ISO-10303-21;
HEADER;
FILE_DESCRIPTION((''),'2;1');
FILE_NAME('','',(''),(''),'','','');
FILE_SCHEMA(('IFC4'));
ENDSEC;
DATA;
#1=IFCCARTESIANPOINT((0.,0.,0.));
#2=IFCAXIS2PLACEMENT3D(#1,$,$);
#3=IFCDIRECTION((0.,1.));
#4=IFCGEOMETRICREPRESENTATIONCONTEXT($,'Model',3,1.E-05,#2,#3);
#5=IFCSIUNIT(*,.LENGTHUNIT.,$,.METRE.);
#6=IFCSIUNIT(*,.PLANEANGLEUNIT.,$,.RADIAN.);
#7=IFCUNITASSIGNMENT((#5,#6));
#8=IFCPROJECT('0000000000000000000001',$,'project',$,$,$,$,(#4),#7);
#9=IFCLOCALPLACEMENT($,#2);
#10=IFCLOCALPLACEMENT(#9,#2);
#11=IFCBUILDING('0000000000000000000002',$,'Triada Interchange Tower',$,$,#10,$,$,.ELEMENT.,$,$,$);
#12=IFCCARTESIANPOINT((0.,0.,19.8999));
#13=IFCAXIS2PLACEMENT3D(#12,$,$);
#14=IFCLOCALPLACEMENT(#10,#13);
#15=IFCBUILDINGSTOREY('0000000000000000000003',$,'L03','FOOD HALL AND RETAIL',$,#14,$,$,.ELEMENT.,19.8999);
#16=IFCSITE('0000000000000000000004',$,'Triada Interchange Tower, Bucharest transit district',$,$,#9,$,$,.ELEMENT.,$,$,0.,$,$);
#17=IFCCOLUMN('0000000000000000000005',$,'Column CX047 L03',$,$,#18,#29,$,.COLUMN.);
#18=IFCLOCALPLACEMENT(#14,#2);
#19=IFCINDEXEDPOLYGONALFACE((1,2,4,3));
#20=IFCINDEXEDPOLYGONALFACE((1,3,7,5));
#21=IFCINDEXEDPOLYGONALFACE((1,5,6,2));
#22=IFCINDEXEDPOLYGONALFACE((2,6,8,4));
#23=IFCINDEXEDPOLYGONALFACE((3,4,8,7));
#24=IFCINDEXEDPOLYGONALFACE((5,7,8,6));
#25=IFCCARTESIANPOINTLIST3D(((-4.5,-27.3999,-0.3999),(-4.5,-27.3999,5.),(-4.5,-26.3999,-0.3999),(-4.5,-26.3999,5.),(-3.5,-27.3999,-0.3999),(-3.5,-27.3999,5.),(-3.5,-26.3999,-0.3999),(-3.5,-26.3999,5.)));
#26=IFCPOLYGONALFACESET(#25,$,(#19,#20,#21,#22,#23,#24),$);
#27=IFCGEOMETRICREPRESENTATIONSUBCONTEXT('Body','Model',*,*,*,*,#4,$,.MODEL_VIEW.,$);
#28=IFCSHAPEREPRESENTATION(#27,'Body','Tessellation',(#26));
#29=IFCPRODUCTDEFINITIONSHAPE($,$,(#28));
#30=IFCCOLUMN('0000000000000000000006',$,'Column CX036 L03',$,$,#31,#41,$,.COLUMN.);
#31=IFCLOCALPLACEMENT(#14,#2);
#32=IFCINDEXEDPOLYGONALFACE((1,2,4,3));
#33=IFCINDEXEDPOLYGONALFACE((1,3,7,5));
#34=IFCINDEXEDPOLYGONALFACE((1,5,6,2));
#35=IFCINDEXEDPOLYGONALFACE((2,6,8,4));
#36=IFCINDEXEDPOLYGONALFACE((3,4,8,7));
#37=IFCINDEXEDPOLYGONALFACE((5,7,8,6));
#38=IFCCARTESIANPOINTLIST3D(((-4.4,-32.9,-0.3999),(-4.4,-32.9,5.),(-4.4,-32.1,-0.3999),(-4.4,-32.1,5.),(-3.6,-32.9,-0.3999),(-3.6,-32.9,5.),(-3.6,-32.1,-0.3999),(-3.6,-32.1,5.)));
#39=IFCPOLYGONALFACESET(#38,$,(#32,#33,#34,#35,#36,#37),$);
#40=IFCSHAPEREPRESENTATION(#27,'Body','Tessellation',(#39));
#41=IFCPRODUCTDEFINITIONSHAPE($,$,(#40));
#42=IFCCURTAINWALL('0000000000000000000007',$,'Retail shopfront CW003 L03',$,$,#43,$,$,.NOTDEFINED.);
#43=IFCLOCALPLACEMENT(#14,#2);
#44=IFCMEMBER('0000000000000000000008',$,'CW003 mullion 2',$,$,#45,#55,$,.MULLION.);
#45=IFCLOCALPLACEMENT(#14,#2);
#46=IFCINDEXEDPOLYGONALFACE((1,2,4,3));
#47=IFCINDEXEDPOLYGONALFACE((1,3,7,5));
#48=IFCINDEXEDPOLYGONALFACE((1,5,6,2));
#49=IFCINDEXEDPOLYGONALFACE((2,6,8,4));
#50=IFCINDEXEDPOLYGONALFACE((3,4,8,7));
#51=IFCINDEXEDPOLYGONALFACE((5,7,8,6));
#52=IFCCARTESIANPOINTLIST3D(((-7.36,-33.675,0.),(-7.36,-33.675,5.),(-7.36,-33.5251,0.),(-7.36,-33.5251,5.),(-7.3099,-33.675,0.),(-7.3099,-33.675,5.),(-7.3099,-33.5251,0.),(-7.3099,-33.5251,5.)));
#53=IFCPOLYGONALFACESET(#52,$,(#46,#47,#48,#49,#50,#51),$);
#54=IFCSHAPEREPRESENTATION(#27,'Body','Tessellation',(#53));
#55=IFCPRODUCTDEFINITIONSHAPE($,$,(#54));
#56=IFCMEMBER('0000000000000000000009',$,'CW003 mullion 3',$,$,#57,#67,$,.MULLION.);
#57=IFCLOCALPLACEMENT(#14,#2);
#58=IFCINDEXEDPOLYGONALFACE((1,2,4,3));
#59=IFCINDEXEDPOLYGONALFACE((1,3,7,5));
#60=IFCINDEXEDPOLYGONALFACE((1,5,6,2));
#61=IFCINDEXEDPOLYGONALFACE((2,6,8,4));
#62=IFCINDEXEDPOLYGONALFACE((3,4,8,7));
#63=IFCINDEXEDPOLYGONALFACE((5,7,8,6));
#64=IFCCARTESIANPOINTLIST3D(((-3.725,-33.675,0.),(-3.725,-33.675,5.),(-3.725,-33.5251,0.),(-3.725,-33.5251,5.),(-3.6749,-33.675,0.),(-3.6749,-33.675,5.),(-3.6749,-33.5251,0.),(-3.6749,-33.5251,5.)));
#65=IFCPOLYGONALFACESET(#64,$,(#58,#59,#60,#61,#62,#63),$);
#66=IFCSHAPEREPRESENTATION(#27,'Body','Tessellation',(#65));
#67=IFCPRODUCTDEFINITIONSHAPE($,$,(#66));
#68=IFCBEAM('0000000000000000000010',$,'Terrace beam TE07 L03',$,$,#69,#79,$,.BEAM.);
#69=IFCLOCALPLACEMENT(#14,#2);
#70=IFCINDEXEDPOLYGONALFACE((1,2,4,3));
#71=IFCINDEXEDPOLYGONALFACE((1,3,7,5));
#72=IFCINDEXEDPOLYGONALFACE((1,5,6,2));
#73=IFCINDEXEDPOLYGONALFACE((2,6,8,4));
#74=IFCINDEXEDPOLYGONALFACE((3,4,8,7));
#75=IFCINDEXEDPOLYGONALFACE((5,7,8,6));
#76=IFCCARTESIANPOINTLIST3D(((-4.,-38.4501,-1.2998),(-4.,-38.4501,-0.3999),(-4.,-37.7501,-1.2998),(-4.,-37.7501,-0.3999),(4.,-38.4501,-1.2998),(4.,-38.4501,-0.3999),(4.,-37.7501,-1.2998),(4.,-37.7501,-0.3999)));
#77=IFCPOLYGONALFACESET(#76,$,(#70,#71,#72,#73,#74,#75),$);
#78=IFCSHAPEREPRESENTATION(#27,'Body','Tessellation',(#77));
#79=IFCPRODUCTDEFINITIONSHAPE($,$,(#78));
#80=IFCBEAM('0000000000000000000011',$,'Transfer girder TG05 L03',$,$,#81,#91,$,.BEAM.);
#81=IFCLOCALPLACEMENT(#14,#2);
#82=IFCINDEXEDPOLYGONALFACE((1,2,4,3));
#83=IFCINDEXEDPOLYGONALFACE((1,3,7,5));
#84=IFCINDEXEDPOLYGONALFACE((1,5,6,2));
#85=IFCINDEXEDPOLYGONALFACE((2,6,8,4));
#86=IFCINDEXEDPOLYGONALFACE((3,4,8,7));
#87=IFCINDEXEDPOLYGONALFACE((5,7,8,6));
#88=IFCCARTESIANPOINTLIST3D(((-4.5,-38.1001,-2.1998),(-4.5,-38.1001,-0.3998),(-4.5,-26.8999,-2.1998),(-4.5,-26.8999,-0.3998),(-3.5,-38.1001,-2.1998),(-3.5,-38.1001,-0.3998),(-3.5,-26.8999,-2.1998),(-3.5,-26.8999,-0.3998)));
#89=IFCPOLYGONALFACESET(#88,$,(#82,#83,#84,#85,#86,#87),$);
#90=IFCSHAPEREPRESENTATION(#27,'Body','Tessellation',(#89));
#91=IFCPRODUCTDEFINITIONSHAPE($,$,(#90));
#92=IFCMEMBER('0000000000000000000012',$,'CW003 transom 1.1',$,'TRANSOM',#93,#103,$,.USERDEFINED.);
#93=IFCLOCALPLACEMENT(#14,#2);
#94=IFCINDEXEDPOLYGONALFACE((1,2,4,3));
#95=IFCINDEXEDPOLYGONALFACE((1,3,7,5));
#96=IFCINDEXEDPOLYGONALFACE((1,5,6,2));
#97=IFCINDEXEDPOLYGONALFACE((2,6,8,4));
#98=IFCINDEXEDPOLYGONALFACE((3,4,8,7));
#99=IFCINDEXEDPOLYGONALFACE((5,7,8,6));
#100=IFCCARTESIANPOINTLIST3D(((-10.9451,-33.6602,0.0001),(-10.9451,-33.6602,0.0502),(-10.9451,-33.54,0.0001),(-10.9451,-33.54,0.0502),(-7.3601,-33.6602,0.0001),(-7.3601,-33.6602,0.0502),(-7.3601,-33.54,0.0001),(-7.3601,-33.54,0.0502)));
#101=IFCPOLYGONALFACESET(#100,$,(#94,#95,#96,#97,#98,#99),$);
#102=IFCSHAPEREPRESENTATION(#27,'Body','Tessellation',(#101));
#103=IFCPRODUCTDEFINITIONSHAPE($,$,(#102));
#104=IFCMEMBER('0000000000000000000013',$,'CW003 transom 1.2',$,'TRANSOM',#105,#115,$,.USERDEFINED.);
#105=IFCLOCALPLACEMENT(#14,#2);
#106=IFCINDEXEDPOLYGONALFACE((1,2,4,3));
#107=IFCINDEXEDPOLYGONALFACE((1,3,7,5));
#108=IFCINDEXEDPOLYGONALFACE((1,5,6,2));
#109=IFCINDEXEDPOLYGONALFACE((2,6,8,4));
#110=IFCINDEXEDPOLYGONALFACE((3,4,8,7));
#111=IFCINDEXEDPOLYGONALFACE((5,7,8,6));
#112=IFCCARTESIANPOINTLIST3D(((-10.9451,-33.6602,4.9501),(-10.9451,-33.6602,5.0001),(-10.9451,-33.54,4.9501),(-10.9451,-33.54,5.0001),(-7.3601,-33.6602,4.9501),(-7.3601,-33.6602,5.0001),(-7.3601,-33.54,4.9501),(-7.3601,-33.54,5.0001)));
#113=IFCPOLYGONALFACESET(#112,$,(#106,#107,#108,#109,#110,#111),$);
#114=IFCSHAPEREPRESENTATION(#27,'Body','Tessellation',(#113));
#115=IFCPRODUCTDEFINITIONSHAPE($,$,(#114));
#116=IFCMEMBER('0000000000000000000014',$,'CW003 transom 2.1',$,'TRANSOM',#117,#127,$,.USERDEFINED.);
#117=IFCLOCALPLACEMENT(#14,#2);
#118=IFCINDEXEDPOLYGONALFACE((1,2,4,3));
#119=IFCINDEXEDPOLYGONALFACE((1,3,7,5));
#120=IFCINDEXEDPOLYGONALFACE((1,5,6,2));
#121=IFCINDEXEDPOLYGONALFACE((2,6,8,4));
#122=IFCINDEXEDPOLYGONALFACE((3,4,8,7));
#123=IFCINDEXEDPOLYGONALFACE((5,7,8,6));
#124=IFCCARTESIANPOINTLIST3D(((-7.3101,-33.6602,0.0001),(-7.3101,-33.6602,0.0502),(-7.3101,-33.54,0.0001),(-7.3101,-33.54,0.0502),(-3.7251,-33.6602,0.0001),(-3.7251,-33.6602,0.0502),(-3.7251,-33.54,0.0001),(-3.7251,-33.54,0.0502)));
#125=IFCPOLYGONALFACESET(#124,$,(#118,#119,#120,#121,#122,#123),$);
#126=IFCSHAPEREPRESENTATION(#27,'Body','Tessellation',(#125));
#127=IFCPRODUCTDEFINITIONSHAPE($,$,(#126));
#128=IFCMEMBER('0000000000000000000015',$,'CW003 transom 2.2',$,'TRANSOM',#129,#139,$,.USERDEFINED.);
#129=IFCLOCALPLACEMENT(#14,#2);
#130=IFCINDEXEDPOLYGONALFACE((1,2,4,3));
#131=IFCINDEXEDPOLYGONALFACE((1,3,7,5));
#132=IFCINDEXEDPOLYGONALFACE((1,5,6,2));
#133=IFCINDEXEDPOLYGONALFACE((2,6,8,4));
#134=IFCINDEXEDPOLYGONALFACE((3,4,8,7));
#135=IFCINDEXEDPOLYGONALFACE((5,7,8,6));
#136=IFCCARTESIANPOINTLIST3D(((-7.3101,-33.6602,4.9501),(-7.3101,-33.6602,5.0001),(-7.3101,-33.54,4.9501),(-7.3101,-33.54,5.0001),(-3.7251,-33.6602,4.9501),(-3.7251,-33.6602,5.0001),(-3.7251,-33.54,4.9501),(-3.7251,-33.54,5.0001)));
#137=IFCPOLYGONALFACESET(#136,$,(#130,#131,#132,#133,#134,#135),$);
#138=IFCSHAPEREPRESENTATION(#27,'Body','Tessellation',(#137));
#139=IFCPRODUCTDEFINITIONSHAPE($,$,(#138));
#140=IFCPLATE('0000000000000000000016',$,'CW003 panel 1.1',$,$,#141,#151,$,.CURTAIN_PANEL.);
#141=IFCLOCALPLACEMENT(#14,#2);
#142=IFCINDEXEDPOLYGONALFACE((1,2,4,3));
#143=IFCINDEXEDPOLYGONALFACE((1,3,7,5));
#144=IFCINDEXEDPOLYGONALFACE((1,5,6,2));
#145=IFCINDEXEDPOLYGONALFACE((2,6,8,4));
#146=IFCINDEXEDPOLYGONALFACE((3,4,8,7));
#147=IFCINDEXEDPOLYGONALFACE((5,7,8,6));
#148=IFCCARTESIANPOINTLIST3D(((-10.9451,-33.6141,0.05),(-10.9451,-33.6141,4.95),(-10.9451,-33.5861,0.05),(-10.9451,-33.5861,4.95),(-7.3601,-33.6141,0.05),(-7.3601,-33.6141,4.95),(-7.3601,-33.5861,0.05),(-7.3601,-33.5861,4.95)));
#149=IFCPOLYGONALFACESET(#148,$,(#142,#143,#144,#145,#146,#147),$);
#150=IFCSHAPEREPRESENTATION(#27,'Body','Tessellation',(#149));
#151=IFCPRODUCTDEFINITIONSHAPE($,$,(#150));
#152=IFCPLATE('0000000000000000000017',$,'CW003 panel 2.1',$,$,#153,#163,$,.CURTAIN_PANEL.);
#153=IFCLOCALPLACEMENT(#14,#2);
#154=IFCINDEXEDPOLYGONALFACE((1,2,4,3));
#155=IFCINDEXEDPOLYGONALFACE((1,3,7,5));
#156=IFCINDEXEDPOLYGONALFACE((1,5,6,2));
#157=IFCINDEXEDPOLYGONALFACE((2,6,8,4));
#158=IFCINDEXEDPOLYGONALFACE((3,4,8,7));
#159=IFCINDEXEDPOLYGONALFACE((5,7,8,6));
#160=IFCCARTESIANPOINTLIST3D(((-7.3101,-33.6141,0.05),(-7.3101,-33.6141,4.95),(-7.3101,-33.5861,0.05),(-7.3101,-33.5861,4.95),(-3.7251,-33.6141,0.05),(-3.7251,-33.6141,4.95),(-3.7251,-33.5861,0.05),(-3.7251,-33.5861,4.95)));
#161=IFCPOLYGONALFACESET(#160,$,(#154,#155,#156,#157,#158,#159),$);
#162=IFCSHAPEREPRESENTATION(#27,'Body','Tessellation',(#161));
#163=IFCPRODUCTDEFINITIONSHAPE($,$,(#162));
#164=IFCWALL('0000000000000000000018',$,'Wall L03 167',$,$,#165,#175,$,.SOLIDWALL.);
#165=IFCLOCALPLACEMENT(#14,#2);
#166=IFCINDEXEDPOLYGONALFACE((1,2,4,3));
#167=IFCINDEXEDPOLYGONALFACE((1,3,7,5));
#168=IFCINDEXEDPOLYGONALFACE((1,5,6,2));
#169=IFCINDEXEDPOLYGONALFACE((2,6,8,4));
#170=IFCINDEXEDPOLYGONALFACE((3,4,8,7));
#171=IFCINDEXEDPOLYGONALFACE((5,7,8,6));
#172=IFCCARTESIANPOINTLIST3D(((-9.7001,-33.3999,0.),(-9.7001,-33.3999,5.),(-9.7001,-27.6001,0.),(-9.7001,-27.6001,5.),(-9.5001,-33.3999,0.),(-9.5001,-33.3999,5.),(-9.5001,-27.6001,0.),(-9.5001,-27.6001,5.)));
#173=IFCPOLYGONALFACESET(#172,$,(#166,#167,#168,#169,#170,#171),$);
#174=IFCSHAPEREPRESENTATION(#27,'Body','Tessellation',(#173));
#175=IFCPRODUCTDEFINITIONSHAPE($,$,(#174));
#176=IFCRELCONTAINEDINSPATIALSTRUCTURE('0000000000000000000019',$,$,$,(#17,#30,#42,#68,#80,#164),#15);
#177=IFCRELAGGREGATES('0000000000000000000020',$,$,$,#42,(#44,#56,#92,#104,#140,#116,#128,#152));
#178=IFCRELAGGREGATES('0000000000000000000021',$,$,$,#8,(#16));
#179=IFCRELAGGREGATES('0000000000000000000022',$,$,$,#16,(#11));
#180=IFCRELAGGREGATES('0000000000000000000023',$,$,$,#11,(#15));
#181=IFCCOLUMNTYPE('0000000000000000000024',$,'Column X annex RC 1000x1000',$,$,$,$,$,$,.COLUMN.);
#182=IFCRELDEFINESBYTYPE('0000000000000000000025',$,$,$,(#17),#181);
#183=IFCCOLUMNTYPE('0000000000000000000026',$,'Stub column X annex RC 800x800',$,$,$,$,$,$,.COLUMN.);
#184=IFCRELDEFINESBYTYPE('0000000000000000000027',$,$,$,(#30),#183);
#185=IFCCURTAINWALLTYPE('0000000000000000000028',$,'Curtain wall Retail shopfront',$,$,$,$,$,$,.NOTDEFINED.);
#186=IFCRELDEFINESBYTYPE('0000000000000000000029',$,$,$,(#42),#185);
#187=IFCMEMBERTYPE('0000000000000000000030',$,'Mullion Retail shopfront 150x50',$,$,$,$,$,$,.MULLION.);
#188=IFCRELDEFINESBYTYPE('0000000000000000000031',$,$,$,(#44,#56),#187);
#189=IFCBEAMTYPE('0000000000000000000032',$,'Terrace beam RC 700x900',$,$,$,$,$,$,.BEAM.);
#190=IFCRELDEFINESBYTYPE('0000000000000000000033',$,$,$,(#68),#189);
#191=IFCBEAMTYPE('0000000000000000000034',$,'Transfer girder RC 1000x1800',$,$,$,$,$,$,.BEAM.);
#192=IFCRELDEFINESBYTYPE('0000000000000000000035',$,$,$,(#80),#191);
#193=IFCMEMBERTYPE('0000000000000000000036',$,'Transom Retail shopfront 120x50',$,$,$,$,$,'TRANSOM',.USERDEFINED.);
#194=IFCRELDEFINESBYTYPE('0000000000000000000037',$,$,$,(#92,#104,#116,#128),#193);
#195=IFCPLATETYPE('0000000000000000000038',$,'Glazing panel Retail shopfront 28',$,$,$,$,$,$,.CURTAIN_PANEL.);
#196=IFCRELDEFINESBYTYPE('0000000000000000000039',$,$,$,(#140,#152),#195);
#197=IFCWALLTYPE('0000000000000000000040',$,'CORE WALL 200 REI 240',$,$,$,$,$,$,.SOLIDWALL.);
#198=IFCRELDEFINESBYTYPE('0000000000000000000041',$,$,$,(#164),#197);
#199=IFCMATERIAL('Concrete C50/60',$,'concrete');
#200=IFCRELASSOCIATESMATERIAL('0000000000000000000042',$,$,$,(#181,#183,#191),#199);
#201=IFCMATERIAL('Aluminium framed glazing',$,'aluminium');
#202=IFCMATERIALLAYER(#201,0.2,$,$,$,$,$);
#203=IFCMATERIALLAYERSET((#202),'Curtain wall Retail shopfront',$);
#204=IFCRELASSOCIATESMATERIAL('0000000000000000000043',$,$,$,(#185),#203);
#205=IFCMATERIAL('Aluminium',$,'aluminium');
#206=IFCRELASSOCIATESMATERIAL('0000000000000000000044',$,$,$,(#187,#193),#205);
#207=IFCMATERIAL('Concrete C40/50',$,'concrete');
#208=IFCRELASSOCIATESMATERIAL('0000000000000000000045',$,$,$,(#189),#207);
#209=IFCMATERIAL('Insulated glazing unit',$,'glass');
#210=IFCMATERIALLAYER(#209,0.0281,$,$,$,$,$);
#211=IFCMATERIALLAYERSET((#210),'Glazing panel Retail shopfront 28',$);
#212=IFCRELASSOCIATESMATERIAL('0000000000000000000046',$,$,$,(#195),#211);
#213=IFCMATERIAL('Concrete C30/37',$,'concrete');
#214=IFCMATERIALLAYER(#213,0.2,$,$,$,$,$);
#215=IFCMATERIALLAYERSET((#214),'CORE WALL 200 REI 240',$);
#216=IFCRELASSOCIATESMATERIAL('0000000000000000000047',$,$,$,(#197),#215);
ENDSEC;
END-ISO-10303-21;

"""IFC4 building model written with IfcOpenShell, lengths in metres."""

from ifc_helpers import new_model, si_unit, direction, frame, frame_2d, origin, origin_2d, place, context, subcontext, project, spatial, rectangle, extrude, material, layer, layer_set, material_profile, profile_set, type_object, element, aggregate, save


model = new_model("IFC4")

# Units and contexts
model_context = context("Model", 3, precision=1e-05, world=origin(), true_north=direction((0.0, 1.0)))
body_context = subcontext(model_context, "Body", "Model", "MODEL_VIEW")
ifc_project = project(units=[si_unit("LENGTHUNIT", "METRE"), si_unit("PLANEANGLEUNIT", "RADIAN")], contexts=[model_context])

# Site, building, storey
site_placement = place(None, origin())
site = spatial("IfcSite", under=ifc_project, at=site_placement, Name="Triada Interchange Tower, Bucharest transit district", CompositionType="ELEMENT", RefElevation=0.0)
building_placement = place(site_placement, origin())
building = spatial("IfcBuilding", under=site, at=building_placement, Name="Triada Interchange Tower", CompositionType="ELEMENT")
storey_placement = place(building_placement, frame((0.0, 0.0, 19.8999)))
storey = spatial("IfcBuildingStorey", under=building, at=storey_placement, Name="L03", Description="FOOD HALL AND RETAIL", CompositionType="ELEMENT", Elevation=19.8999)

# Columns
ifc_material_1 = material(Name="Concrete C50/60", Category="concrete")
ifc_material_profile_1 = material_profile(ifc_material_1, rectangle(XDim=1.0, YDim=1.0, at=origin_2d()), Name="RC 1000x1000")
ifc_profile_set_1 = profile_set([ifc_material_profile_1], Name="Concrete C50/60")
column_type_1 = type_object("IfcColumnType", Name="Column X annex RC 1000x1000", PredefinedType="COLUMN", material=ifc_profile_set_1)
column_1_placement = place(storey_placement, frame((-4.0, -26.8999, -0.3999), z_axis=(0.0, 0.0, 1.0), x_axis=(1.0, 0.0, 0.0)))
element("IfcColumn", 1, at=column_1_placement, inside=storey, type_object=column_type_1, Name="Column CX047 L03", PredefinedType="COLUMN", context=body_context, shape_type="SweptSolid", body=[
    extrude(rectangle(XDim=1.0, YDim=1.0, at=origin_2d()), origin(), (0.0, 0.0, 1.0), 5.3999),
])
ifc_material_profile_2 = material_profile(ifc_material_1, rectangle(XDim=0.8, YDim=0.8, at=origin_2d()), Name="RC 800x800")
ifc_profile_set_2 = profile_set([ifc_material_profile_2], Name="Concrete C50/60")
column_type_2 = type_object("IfcColumnType", Name="Stub column X annex RC 800x800", PredefinedType="COLUMN", material=ifc_profile_set_2)
column_2_placement = place(storey_placement, frame((-4.0, -32.5, -0.3999), z_axis=(0.0, 0.0, 1.0), x_axis=(1.0, 0.0, 0.0)))
element("IfcColumn", 2, at=column_2_placement, inside=storey, type_object=column_type_2, Name="Column CX036 L03", PredefinedType="COLUMN", context=body_context, shape_type="SweptSolid", body=[
    extrude(rectangle(XDim=0.8, YDim=0.8, at=origin_2d()), origin(), (0.0, 0.0, 1.0), 5.3999),
])

# Curtain wall, members
ifc_material_2 = material(Name="Aluminium framed glazing", Category="aluminium")
ifc_layer_1 = layer(ifc_material_2, 0.2)
ifc_layer_set_1 = layer_set([ifc_layer_1], Name="Curtain wall Retail shopfront")
curtain_wall_type = type_object("IfcCurtainWallType", Name="Curtain wall Retail shopfront", PredefinedType="NOTDEFINED", material=ifc_layer_set_1)
curtain_wall_placement = place(storey_placement, origin())
curtain_wall = element("IfcCurtainWall", 3, at=curtain_wall_placement, inside=storey, type_object=curtain_wall_type, Name="Retail shopfront CW003 L03", PredefinedType="NOTDEFINED")
ifc_material_3 = material(Name="Aluminium", Category="aluminium")
ifc_material_profile_3 = material_profile(ifc_material_3, rectangle(XDim=0.1499, YDim=0.05, at=origin_2d()), Name="Aluminium mullion")
ifc_profile_set_3 = profile_set([ifc_material_profile_3], Name="Aluminium")
member_type_1 = type_object("IfcMemberType", Name="Mullion Retail shopfront 150x50", PredefinedType="MULLION", material=ifc_profile_set_3)
member_1_placement = place(storey_placement, frame((-7.335, -33.6001, 0.0), z_axis=(0.0, 0.0, 1.0), x_axis=(0.0, 1.0, 0.0)))
member_1 = element("IfcMember", 4, at=member_1_placement, type_object=member_type_1, Name="CW003 mullion 2", PredefinedType="MULLION", context=body_context, shape_type="SweptSolid", body=[
    extrude(rectangle(XDim=0.1499, YDim=0.05, at=origin_2d()), origin(), (0.0, 0.0, 1.0), 5.0),
])
member_2_placement = place(storey_placement, frame((-3.7, -33.6001, 0.0), z_axis=(0.0, 0.0, 1.0), x_axis=(0.0, 1.0, 0.0)))
member_2 = element("IfcMember", 5, at=member_2_placement, type_object=member_type_1, Name="CW003 mullion 3", PredefinedType="MULLION", context=body_context, shape_type="SweptSolid", body=[
    extrude(rectangle(XDim=0.1499, YDim=0.05, at=origin_2d()), origin(), (0.0, 0.0, 1.0), 5.0),
])

# Beams
ifc_material_4 = material(Name="Concrete C40/50", Category="concrete")
ifc_material_profile_4 = material_profile(ifc_material_4, rectangle(XDim=0.7, YDim=0.8999, at=origin_2d()), Name="RC 700x900")
ifc_profile_set_4 = profile_set([ifc_material_profile_4], Name="Concrete C40/50")
beam_type_1 = type_object("IfcBeamType", Name="Terrace beam RC 700x900", PredefinedType="BEAM", material=ifc_profile_set_4)
beam_1_placement = place(storey_placement, frame((-4.0, -38.1001, -0.8499), z_axis=(1.0, 0.0, 0.0), x_axis=(0.0, 1.0, 0.0)))
element("IfcBeam", 6, at=beam_1_placement, inside=storey, type_object=beam_type_1, Name="Terrace beam TE07 L03", PredefinedType="BEAM", context=body_context, shape_type="SweptSolid", body=[
    extrude(rectangle(XDim=0.7, YDim=0.8999, at=origin_2d()), origin(), (0.0, 0.0, 1.0), 8.0),
])
ifc_material_profile_5 = material_profile(ifc_material_1, rectangle(XDim=1.0, YDim=1.8, at=origin_2d()), Name="RC 1000x1800")
ifc_profile_set_5 = profile_set([ifc_material_profile_5], Name="Concrete C50/60")
beam_type_2 = type_object("IfcBeamType", Name="Transfer girder RC 1000x1800", PredefinedType="BEAM", material=ifc_profile_set_5)
beam_2_placement = place(storey_placement, frame((-4.0, -38.1001, -1.2998), z_axis=(0.0, 1.0, 0.0), x_axis=(-1.0, 0.0, 0.0)))
element("IfcBeam", 7, at=beam_2_placement, inside=storey, type_object=beam_type_2, Name="Transfer girder TG05 L03", PredefinedType="BEAM", context=body_context, shape_type="SweptSolid", body=[
    extrude(rectangle(XDim=1.0, YDim=1.8, at=origin_2d()), origin(), (0.0, 0.0, 1.0), 11.2002),
])

# Members
ifc_material_profile_6 = material_profile(ifc_material_3, rectangle(XDim=0.1201, YDim=0.05, at=origin_2d()), Name="Aluminium transom")
ifc_profile_set_6 = profile_set([ifc_material_profile_6], Name="Aluminium")
member_type_2 = type_object("IfcMemberType", Name="Transom Retail shopfront 120x50", ElementType="TRANSOM", PredefinedType="USERDEFINED", material=ifc_profile_set_6)
member_3_placement = place(storey_placement, frame((-10.9451, -33.6001, 0.0251), z_axis=(1.0, 0.0, 0.0), x_axis=(0.0, 1.0, 0.0)))
member_3 = element("IfcMember", 8, at=member_3_placement, type_object=member_type_2, Name="CW003 transom 1.1", ObjectType="TRANSOM", PredefinedType="USERDEFINED", context=body_context, shape_type="SweptSolid", body=[
    extrude(rectangle(XDim=0.1201, YDim=0.05, at=origin_2d()), origin(), (0.0, 0.0, 1.0), 3.585),
])
member_4_placement = place(storey_placement, frame((-10.9451, -33.6001, 4.9751), z_axis=(1.0, 0.0, 0.0), x_axis=(0.0, 1.0, 0.0)))
member_4 = element("IfcMember", 9, at=member_4_placement, type_object=member_type_2, Name="CW003 transom 1.2", ObjectType="TRANSOM", PredefinedType="USERDEFINED", context=body_context, shape_type="SweptSolid", body=[
    extrude(rectangle(XDim=0.1201, YDim=0.05, at=origin_2d()), origin(), (0.0, 0.0, 1.0), 3.585),
])
member_5_placement = place(storey_placement, frame((-7.3101, -33.6001, 0.0251), z_axis=(1.0, 0.0, 0.0), x_axis=(0.0, 1.0, 0.0)))
member_5 = element("IfcMember", 10, at=member_5_placement, type_object=member_type_2, Name="CW003 transom 2.1", ObjectType="TRANSOM", PredefinedType="USERDEFINED", context=body_context, shape_type="SweptSolid", body=[
    extrude(rectangle(XDim=0.1201, YDim=0.05, at=origin_2d()), origin(), (0.0, 0.0, 1.0), 3.585),
])
member_6_placement = place(storey_placement, frame((-7.3101, -33.6001, 4.9751), z_axis=(1.0, 0.0, 0.0), x_axis=(0.0, 1.0, 0.0)))
member_6 = element("IfcMember", 11, at=member_6_placement, type_object=member_type_2, Name="CW003 transom 2.2", ObjectType="TRANSOM", PredefinedType="USERDEFINED", context=body_context, shape_type="SweptSolid", body=[
    extrude(rectangle(XDim=0.1201, YDim=0.05, at=origin_2d()), origin(), (0.0, 0.0, 1.0), 3.585),
])

# Plates
ifc_material_5 = material(Name="Insulated glazing unit", Category="glass")
ifc_layer_2 = layer(ifc_material_5, 0.0281)
ifc_layer_set_2 = layer_set([ifc_layer_2], Name="Glazing panel Retail shopfront 28")
plate_type = type_object("IfcPlateType", Name="Glazing panel Retail shopfront 28", PredefinedType="CURTAIN_PANEL", material=ifc_layer_set_2)
plate_1_placement = place(storey_placement, frame((-9.1526, -33.6001, 0.05), z_axis=(0.0, 0.0, 1.0), x_axis=(1.0, 0.0, 0.0)))
plate_1 = element("IfcPlate", 12, at=plate_1_placement, type_object=plate_type, Name="CW003 panel 1.1", PredefinedType="CURTAIN_PANEL", context=body_context, shape_type="SweptSolid", body=[
    extrude(rectangle(XDim=3.585, YDim=0.0281, at=origin_2d()), origin(), (0.0, 0.0, 1.0), 4.8999),
])
plate_2_placement = place(storey_placement, frame((-5.5176, -33.6001, 0.05), z_axis=(0.0, 0.0, 1.0), x_axis=(1.0, 0.0, 0.0)))
plate_2 = element("IfcPlate", 13, at=plate_2_placement, type_object=plate_type, Name="CW003 panel 2.1", PredefinedType="CURTAIN_PANEL", context=body_context, shape_type="SweptSolid", body=[
    extrude(rectangle(XDim=3.585, YDim=0.0281, at=origin_2d()), origin(), (0.0, 0.0, 1.0), 4.8999),
])
aggregate(curtain_wall, [member_1, member_2, member_3, member_4, plate_1, member_5, member_6, plate_2])

# Wall
ifc_material_6 = material(Name="Concrete C30/37", Category="concrete")
ifc_layer_3 = layer(ifc_material_6, 0.2)
ifc_layer_set_3 = layer_set([ifc_layer_3], Name="CORE WALL 200 REI 240")
wall_type_1 = type_object("IfcWallType", Name="CORE WALL 200 REI 240", PredefinedType="SOLIDWALL", material=ifc_layer_set_3)
wall_1_placement = place(storey_placement, frame((-9.6001, -33.3999, 0.0), z_axis=(0.0, 0.0, 1.0), x_axis=(0.0, 1.0, 0.0)))
element("IfcWall", 14, at=wall_1_placement, inside=storey, type_object=wall_type_1, Name="Wall L03 167", PredefinedType="SOLIDWALL", context=body_context, shape_type="SweptSolid", body=[
    extrude(rectangle(XDim=5.7998, YDim=0.2, at=frame_2d((2.8999, 0.0))), origin(), (0.0, 0.0, 1.0), 5.0),
])

save(model, "model.ifc")
